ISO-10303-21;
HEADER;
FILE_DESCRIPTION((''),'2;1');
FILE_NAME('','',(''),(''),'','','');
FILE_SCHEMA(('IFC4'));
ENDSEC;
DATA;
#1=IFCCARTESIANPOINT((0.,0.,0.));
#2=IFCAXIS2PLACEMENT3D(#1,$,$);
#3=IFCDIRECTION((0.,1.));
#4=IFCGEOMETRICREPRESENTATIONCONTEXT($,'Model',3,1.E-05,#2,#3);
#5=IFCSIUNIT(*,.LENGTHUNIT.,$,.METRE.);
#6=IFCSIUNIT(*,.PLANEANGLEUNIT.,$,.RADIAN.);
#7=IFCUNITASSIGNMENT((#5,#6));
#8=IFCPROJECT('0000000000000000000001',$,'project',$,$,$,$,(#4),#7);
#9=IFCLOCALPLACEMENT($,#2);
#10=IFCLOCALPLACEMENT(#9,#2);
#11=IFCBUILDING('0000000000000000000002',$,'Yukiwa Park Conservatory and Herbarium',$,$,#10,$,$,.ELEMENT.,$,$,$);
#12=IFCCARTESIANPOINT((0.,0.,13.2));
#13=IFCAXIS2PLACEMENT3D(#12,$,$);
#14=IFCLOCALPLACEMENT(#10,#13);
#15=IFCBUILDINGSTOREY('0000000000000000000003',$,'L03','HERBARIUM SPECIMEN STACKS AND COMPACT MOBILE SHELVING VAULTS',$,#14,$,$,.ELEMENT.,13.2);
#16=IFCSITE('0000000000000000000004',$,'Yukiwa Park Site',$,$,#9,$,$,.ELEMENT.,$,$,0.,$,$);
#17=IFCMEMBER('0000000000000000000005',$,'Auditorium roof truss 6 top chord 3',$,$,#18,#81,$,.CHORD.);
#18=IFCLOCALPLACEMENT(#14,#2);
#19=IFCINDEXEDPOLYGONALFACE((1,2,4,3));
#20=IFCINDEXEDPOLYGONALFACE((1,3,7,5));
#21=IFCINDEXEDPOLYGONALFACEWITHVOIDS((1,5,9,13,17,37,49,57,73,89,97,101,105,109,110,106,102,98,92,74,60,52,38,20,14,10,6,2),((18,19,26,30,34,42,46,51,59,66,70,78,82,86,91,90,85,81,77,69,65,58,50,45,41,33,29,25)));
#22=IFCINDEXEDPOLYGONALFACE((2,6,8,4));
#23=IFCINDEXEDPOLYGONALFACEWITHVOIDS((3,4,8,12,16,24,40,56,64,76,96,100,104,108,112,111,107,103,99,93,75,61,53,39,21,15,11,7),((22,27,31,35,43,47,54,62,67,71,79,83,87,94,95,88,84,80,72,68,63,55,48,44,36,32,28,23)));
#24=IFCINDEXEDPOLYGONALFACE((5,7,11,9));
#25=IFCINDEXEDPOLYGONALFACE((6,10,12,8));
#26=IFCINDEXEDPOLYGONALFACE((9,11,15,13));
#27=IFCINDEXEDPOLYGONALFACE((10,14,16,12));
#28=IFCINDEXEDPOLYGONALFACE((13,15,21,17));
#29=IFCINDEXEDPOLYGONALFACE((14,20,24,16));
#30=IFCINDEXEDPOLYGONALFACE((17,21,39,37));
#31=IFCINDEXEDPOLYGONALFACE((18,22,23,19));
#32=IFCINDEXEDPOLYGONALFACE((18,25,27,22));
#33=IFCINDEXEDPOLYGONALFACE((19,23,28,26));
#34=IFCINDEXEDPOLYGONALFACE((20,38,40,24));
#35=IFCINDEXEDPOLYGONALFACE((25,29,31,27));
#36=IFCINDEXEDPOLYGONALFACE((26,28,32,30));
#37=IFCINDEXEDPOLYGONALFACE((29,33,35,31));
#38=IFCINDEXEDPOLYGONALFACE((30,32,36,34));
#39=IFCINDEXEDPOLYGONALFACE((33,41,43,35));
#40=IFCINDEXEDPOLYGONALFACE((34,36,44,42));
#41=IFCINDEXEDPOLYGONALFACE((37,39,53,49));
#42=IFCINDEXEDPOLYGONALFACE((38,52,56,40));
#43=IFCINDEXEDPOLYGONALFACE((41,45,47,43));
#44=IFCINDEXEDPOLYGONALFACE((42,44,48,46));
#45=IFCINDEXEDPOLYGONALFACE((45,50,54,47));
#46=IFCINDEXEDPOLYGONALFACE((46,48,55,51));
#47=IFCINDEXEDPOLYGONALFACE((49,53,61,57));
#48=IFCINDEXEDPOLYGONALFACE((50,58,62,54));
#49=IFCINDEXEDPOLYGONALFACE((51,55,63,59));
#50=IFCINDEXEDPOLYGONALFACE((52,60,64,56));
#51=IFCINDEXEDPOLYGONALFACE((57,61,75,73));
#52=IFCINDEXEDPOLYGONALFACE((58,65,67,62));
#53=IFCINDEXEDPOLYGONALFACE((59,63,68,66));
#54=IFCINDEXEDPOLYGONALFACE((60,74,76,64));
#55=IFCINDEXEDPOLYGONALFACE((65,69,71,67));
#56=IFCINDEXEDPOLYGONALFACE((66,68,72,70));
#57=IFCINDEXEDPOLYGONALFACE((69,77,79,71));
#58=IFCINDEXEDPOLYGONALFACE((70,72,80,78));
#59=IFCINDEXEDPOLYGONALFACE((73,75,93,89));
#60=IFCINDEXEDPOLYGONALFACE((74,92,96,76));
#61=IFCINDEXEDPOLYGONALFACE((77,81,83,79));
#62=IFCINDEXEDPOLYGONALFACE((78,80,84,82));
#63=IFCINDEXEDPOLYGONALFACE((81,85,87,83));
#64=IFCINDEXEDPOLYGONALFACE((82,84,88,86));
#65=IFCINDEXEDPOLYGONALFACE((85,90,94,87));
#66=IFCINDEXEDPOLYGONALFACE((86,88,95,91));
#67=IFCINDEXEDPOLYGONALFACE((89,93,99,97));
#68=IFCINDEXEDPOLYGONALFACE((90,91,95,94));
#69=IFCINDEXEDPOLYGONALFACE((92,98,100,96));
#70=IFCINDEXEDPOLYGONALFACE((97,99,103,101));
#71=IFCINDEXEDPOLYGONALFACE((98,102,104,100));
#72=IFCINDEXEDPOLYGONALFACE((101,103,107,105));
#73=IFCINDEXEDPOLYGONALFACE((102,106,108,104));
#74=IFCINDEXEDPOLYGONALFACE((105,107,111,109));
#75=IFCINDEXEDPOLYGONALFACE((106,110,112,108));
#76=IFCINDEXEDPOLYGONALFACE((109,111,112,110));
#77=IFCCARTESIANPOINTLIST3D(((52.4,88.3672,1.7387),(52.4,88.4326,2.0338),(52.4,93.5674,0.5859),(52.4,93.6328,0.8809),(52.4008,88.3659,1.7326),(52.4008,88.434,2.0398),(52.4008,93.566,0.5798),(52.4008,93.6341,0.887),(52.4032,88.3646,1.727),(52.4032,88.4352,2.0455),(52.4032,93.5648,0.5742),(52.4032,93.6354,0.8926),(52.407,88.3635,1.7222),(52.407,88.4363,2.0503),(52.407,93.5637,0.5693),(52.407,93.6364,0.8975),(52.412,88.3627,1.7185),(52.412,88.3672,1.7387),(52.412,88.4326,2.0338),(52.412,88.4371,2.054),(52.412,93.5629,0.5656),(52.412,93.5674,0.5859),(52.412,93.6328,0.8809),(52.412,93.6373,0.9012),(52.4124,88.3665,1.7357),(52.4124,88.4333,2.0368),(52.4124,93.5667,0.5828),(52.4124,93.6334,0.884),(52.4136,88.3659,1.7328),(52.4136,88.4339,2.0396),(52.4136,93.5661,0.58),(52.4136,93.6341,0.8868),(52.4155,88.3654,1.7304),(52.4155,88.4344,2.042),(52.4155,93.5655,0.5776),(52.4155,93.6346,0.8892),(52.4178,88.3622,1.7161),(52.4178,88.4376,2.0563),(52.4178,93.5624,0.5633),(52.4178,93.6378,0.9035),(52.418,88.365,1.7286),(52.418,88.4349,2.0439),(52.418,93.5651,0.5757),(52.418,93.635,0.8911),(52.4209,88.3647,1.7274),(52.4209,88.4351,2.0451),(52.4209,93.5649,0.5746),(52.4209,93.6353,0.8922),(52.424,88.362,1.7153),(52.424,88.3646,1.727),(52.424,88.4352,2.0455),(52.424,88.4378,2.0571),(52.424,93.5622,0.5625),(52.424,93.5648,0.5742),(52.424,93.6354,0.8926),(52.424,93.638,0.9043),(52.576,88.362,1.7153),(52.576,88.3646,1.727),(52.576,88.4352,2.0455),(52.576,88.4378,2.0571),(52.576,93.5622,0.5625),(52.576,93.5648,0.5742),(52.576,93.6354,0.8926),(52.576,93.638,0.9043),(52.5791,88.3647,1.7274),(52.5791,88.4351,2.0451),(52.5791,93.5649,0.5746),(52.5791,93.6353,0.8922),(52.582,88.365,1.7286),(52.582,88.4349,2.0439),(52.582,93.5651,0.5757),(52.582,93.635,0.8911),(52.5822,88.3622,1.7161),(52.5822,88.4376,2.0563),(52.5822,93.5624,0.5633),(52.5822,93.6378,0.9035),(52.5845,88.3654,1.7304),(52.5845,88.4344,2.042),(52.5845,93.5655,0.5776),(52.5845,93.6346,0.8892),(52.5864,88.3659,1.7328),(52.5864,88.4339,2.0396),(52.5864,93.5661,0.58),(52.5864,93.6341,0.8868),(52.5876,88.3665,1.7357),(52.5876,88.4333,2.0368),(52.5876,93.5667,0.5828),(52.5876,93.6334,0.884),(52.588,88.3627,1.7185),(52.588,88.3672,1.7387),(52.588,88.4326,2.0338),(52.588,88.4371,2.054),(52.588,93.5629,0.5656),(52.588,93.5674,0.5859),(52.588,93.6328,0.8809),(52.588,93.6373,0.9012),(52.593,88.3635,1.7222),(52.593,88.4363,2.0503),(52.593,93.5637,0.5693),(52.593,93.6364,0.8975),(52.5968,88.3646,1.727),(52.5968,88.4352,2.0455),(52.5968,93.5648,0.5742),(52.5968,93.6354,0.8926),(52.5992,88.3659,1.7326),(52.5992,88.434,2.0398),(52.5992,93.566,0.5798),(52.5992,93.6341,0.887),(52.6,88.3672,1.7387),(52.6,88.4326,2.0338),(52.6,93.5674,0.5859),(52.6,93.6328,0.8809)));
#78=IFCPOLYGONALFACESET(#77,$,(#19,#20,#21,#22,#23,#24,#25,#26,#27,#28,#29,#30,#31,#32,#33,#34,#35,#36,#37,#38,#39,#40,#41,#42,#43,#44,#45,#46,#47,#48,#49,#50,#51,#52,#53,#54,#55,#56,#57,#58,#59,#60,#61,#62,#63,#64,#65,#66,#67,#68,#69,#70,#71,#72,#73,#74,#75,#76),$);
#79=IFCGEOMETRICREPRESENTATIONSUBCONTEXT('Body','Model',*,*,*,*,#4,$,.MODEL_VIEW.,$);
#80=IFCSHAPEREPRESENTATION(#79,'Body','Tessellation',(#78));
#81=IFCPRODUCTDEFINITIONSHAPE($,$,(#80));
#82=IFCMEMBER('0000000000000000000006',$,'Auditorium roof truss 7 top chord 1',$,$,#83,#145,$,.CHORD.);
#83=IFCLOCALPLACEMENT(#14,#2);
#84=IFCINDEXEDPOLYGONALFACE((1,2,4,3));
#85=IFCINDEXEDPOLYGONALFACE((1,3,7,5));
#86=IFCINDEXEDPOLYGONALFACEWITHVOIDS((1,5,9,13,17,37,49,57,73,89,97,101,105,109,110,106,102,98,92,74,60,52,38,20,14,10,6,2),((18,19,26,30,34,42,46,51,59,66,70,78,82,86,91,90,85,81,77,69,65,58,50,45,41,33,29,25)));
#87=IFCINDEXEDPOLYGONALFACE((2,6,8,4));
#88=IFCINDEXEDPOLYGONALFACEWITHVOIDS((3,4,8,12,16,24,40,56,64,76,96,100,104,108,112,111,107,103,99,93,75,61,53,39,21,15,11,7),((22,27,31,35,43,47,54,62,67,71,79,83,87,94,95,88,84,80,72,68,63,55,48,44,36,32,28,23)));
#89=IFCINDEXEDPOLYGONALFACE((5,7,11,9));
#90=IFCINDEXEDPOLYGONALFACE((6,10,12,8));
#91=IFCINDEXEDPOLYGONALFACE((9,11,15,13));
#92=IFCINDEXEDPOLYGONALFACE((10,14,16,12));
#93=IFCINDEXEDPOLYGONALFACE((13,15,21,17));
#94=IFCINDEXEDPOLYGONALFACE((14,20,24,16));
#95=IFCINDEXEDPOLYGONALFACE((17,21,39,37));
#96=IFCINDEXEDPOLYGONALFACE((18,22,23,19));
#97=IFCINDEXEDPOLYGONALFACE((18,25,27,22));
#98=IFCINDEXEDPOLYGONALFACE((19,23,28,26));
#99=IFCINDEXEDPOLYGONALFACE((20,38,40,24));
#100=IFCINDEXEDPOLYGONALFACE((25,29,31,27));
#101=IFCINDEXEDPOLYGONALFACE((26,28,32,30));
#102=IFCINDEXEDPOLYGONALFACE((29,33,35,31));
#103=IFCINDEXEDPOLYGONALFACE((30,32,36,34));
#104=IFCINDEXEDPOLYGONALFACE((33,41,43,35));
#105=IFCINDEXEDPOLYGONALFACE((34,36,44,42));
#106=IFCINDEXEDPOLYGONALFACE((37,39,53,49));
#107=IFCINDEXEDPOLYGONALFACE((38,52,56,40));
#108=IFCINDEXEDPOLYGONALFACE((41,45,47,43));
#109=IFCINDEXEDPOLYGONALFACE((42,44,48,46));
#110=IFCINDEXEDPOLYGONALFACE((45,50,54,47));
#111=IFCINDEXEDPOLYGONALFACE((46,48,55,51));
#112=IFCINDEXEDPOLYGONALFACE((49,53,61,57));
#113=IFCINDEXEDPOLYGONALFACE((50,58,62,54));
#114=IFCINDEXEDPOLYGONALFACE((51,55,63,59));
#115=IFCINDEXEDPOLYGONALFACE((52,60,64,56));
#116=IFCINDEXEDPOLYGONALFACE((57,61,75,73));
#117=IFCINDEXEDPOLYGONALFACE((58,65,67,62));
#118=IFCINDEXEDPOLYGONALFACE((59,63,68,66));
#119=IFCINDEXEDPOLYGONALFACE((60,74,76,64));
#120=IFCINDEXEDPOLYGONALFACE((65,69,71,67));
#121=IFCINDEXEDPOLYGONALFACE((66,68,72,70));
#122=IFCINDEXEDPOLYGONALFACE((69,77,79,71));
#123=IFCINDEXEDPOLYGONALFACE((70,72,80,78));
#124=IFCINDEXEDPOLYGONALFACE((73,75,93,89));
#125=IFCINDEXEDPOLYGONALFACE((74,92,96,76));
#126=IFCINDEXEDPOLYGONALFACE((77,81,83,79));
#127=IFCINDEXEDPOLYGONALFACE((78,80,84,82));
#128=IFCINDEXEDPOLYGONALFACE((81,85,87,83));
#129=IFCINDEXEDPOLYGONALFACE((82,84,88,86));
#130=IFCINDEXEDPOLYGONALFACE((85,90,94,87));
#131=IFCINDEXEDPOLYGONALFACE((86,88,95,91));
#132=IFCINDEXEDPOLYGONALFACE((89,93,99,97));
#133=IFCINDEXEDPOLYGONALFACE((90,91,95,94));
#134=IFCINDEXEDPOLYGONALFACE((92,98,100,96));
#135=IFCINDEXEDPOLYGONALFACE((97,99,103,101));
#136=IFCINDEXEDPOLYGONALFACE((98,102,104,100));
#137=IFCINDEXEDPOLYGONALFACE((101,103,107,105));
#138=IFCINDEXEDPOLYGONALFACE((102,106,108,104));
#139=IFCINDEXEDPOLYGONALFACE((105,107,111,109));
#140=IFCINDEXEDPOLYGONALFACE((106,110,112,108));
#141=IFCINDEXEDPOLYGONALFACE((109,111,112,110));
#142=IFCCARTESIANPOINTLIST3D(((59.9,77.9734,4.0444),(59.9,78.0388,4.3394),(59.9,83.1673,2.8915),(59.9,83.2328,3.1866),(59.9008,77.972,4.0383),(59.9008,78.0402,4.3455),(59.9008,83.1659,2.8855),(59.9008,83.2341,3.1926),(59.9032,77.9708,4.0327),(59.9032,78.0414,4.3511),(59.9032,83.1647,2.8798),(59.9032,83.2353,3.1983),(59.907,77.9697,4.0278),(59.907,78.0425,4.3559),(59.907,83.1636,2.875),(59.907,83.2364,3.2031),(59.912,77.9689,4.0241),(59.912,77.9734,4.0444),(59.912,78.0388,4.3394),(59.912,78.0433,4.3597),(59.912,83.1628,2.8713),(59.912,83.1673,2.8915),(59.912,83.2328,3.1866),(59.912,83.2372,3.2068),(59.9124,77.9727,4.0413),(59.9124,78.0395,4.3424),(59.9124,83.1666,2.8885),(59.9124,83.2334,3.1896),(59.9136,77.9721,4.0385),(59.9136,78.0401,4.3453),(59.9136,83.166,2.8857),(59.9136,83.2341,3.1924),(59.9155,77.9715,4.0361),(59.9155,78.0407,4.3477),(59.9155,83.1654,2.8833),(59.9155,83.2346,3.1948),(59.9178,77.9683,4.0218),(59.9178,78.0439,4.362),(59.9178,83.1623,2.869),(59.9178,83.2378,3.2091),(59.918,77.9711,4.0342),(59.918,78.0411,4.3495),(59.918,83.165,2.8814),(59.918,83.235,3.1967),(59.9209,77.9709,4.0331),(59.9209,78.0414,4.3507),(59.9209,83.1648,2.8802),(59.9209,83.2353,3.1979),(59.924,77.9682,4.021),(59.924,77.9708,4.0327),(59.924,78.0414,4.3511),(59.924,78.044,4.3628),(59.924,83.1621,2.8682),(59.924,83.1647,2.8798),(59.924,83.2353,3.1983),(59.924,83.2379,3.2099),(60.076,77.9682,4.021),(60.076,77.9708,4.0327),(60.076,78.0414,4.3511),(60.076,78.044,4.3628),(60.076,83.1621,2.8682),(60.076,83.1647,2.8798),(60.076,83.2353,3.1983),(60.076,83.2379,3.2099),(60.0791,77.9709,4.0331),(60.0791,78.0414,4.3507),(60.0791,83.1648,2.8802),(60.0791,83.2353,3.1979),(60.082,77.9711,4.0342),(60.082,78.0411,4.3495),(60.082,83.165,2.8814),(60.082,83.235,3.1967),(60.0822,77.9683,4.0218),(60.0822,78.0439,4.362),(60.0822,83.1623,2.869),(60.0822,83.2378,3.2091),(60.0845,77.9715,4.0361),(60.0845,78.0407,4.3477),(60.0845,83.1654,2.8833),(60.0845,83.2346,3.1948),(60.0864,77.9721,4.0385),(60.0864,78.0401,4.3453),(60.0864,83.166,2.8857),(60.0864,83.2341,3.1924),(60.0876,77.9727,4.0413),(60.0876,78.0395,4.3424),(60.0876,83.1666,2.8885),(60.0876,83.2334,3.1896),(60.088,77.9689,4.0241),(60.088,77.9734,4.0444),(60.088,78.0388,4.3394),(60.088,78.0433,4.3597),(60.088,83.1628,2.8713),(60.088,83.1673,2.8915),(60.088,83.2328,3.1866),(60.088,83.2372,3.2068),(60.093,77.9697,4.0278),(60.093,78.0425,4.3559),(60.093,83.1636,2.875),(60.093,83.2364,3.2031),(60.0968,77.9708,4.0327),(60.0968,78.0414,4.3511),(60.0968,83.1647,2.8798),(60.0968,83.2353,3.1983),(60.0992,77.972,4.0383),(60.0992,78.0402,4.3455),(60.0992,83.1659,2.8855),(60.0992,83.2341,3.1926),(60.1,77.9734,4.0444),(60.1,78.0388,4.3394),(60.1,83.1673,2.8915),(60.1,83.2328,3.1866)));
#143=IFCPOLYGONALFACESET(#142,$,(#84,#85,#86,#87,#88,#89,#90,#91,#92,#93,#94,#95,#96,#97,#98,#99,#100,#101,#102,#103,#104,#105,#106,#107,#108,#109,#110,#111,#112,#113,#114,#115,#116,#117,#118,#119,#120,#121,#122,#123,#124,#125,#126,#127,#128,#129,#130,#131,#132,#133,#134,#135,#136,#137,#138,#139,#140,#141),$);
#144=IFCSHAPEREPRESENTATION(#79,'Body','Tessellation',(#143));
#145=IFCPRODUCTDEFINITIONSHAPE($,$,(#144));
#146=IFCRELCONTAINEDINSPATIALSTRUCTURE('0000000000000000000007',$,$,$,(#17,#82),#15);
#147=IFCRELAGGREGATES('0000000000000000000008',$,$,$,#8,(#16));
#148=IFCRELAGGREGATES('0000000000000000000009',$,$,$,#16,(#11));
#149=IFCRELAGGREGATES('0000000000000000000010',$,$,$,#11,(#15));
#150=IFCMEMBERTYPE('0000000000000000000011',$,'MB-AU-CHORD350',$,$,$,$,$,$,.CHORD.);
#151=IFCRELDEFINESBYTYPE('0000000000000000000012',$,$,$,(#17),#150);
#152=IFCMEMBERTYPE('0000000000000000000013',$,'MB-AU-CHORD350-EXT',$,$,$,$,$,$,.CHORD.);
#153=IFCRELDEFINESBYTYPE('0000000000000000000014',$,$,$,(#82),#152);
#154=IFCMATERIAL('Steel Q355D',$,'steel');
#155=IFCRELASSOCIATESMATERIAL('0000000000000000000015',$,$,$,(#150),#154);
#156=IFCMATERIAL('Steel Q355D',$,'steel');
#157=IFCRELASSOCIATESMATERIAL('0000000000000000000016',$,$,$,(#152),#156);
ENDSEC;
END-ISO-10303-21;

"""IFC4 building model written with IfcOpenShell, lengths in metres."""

from ifc_helpers import new_model, si_unit, direction, frame, origin, origin_2d, place, context, subcontext, project, spatial, hollow_rectangle, extrude, material, material_profile, profile_set, type_object, element, save


model = new_model("IFC4")

# Units and contexts
model_context = context("Model", 3, precision=1e-05, world=origin(), true_north=direction((0.0, 1.0)))
body_context = subcontext(model_context, "Body", "Model", "MODEL_VIEW")
ifc_project = project(units=[si_unit("LENGTHUNIT", "METRE"), si_unit("PLANEANGLEUNIT", "RADIAN")], contexts=[model_context])

# Site, building, storey
site_placement = place(None, origin())
site = spatial("IfcSite", under=ifc_project, at=site_placement, Name="Yukiwa Park Site", CompositionType="ELEMENT", RefElevation=0.0)
building_placement = place(site_placement, origin())
building = spatial("IfcBuilding", under=site, at=building_placement, Name="Yukiwa Park Conservatory and Herbarium", CompositionType="ELEMENT")
storey_placement = place(building_placement, frame((0.0, 0.0, 13.2)))
storey = spatial("IfcBuildingStorey", under=building, at=storey_placement, Name="L03", Description="HERBARIUM SPECIMEN STACKS AND COMPACT MOBILE SHELVING VAULTS", CompositionType="ELEMENT", Elevation=13.2)

# Members
ifc_material_1 = material(Name="Steel Q355D", Category="steel")
ifc_material_profile_1 = material_profile(ifc_material_1, hollow_rectangle(XDim=0.2, YDim=0.3501, WallThickness=0.012, InnerFilletRadius=0.012, OuterFilletRadius=0.0239, at=origin_2d()), Name="RHS 350x200x12")
ifc_profile_set_1 = profile_set([ifc_material_profile_1], Name="Steel Q355D")
member_type_1 = type_object("IfcMemberType", Name="MB-AU-CHORD350", PredefinedType="CHORD", material=ifc_profile_set_1)
member_1_placement = place(storey_placement, frame((52.5, 88.3999, 1.8862), z_axis=(0.0, 0.976297, -0.216435), x_axis=(-1.0, 0.0, 0.0)))
element("IfcMember", 1, at=member_1_placement, inside=storey, type_object=member_type_1, Name="Auditorium roof truss 6 top chord 3", PredefinedType="CHORD", context=body_context, shape_type="SweptSolid", body=[
    extrude(hollow_rectangle(XDim=0.2, YDim=0.3501, WallThickness=0.012, InnerFilletRadius=0.012, OuterFilletRadius=0.0239, at=origin_2d()), origin(), (0.0, 0.0, 1.0), 5.3264),
])
ifc_material_2 = material(Name="Steel Q355D", Category="steel")
ifc_material_profile_2 = material_profile(ifc_material_2, hollow_rectangle(XDim=0.2, YDim=0.3501, WallThickness=0.012, InnerFilletRadius=0.012, OuterFilletRadius=0.0239, at=origin_2d()), Name="RHS 350x200x12")
ifc_profile_set_2 = profile_set([ifc_material_profile_2], Name="Steel Q355D")
member_type_2 = type_object("IfcMemberType", Name="MB-AU-CHORD350-EXT", PredefinedType="CHORD", material=ifc_profile_set_2)
member_2_placement = place(storey_placement, frame((60.0, 78.0061, 4.1919), z_axis=(0.0, 0.976241, -0.216688), x_axis=(-1.0, 0.0, 0.0)))
element("IfcMember", 2, at=member_2_placement, inside=storey, type_object=member_type_2, Name="Auditorium roof truss 7 top chord 1", PredefinedType="CHORD", context=body_context, shape_type="SweptSolid", body=[
    extrude(hollow_rectangle(XDim=0.2, YDim=0.3501, WallThickness=0.012, InnerFilletRadius=0.012, OuterFilletRadius=0.0239, at=origin_2d()), origin(), (0.0, 0.0, 1.0), 5.3203),
])

save(model, "model.ifc")
